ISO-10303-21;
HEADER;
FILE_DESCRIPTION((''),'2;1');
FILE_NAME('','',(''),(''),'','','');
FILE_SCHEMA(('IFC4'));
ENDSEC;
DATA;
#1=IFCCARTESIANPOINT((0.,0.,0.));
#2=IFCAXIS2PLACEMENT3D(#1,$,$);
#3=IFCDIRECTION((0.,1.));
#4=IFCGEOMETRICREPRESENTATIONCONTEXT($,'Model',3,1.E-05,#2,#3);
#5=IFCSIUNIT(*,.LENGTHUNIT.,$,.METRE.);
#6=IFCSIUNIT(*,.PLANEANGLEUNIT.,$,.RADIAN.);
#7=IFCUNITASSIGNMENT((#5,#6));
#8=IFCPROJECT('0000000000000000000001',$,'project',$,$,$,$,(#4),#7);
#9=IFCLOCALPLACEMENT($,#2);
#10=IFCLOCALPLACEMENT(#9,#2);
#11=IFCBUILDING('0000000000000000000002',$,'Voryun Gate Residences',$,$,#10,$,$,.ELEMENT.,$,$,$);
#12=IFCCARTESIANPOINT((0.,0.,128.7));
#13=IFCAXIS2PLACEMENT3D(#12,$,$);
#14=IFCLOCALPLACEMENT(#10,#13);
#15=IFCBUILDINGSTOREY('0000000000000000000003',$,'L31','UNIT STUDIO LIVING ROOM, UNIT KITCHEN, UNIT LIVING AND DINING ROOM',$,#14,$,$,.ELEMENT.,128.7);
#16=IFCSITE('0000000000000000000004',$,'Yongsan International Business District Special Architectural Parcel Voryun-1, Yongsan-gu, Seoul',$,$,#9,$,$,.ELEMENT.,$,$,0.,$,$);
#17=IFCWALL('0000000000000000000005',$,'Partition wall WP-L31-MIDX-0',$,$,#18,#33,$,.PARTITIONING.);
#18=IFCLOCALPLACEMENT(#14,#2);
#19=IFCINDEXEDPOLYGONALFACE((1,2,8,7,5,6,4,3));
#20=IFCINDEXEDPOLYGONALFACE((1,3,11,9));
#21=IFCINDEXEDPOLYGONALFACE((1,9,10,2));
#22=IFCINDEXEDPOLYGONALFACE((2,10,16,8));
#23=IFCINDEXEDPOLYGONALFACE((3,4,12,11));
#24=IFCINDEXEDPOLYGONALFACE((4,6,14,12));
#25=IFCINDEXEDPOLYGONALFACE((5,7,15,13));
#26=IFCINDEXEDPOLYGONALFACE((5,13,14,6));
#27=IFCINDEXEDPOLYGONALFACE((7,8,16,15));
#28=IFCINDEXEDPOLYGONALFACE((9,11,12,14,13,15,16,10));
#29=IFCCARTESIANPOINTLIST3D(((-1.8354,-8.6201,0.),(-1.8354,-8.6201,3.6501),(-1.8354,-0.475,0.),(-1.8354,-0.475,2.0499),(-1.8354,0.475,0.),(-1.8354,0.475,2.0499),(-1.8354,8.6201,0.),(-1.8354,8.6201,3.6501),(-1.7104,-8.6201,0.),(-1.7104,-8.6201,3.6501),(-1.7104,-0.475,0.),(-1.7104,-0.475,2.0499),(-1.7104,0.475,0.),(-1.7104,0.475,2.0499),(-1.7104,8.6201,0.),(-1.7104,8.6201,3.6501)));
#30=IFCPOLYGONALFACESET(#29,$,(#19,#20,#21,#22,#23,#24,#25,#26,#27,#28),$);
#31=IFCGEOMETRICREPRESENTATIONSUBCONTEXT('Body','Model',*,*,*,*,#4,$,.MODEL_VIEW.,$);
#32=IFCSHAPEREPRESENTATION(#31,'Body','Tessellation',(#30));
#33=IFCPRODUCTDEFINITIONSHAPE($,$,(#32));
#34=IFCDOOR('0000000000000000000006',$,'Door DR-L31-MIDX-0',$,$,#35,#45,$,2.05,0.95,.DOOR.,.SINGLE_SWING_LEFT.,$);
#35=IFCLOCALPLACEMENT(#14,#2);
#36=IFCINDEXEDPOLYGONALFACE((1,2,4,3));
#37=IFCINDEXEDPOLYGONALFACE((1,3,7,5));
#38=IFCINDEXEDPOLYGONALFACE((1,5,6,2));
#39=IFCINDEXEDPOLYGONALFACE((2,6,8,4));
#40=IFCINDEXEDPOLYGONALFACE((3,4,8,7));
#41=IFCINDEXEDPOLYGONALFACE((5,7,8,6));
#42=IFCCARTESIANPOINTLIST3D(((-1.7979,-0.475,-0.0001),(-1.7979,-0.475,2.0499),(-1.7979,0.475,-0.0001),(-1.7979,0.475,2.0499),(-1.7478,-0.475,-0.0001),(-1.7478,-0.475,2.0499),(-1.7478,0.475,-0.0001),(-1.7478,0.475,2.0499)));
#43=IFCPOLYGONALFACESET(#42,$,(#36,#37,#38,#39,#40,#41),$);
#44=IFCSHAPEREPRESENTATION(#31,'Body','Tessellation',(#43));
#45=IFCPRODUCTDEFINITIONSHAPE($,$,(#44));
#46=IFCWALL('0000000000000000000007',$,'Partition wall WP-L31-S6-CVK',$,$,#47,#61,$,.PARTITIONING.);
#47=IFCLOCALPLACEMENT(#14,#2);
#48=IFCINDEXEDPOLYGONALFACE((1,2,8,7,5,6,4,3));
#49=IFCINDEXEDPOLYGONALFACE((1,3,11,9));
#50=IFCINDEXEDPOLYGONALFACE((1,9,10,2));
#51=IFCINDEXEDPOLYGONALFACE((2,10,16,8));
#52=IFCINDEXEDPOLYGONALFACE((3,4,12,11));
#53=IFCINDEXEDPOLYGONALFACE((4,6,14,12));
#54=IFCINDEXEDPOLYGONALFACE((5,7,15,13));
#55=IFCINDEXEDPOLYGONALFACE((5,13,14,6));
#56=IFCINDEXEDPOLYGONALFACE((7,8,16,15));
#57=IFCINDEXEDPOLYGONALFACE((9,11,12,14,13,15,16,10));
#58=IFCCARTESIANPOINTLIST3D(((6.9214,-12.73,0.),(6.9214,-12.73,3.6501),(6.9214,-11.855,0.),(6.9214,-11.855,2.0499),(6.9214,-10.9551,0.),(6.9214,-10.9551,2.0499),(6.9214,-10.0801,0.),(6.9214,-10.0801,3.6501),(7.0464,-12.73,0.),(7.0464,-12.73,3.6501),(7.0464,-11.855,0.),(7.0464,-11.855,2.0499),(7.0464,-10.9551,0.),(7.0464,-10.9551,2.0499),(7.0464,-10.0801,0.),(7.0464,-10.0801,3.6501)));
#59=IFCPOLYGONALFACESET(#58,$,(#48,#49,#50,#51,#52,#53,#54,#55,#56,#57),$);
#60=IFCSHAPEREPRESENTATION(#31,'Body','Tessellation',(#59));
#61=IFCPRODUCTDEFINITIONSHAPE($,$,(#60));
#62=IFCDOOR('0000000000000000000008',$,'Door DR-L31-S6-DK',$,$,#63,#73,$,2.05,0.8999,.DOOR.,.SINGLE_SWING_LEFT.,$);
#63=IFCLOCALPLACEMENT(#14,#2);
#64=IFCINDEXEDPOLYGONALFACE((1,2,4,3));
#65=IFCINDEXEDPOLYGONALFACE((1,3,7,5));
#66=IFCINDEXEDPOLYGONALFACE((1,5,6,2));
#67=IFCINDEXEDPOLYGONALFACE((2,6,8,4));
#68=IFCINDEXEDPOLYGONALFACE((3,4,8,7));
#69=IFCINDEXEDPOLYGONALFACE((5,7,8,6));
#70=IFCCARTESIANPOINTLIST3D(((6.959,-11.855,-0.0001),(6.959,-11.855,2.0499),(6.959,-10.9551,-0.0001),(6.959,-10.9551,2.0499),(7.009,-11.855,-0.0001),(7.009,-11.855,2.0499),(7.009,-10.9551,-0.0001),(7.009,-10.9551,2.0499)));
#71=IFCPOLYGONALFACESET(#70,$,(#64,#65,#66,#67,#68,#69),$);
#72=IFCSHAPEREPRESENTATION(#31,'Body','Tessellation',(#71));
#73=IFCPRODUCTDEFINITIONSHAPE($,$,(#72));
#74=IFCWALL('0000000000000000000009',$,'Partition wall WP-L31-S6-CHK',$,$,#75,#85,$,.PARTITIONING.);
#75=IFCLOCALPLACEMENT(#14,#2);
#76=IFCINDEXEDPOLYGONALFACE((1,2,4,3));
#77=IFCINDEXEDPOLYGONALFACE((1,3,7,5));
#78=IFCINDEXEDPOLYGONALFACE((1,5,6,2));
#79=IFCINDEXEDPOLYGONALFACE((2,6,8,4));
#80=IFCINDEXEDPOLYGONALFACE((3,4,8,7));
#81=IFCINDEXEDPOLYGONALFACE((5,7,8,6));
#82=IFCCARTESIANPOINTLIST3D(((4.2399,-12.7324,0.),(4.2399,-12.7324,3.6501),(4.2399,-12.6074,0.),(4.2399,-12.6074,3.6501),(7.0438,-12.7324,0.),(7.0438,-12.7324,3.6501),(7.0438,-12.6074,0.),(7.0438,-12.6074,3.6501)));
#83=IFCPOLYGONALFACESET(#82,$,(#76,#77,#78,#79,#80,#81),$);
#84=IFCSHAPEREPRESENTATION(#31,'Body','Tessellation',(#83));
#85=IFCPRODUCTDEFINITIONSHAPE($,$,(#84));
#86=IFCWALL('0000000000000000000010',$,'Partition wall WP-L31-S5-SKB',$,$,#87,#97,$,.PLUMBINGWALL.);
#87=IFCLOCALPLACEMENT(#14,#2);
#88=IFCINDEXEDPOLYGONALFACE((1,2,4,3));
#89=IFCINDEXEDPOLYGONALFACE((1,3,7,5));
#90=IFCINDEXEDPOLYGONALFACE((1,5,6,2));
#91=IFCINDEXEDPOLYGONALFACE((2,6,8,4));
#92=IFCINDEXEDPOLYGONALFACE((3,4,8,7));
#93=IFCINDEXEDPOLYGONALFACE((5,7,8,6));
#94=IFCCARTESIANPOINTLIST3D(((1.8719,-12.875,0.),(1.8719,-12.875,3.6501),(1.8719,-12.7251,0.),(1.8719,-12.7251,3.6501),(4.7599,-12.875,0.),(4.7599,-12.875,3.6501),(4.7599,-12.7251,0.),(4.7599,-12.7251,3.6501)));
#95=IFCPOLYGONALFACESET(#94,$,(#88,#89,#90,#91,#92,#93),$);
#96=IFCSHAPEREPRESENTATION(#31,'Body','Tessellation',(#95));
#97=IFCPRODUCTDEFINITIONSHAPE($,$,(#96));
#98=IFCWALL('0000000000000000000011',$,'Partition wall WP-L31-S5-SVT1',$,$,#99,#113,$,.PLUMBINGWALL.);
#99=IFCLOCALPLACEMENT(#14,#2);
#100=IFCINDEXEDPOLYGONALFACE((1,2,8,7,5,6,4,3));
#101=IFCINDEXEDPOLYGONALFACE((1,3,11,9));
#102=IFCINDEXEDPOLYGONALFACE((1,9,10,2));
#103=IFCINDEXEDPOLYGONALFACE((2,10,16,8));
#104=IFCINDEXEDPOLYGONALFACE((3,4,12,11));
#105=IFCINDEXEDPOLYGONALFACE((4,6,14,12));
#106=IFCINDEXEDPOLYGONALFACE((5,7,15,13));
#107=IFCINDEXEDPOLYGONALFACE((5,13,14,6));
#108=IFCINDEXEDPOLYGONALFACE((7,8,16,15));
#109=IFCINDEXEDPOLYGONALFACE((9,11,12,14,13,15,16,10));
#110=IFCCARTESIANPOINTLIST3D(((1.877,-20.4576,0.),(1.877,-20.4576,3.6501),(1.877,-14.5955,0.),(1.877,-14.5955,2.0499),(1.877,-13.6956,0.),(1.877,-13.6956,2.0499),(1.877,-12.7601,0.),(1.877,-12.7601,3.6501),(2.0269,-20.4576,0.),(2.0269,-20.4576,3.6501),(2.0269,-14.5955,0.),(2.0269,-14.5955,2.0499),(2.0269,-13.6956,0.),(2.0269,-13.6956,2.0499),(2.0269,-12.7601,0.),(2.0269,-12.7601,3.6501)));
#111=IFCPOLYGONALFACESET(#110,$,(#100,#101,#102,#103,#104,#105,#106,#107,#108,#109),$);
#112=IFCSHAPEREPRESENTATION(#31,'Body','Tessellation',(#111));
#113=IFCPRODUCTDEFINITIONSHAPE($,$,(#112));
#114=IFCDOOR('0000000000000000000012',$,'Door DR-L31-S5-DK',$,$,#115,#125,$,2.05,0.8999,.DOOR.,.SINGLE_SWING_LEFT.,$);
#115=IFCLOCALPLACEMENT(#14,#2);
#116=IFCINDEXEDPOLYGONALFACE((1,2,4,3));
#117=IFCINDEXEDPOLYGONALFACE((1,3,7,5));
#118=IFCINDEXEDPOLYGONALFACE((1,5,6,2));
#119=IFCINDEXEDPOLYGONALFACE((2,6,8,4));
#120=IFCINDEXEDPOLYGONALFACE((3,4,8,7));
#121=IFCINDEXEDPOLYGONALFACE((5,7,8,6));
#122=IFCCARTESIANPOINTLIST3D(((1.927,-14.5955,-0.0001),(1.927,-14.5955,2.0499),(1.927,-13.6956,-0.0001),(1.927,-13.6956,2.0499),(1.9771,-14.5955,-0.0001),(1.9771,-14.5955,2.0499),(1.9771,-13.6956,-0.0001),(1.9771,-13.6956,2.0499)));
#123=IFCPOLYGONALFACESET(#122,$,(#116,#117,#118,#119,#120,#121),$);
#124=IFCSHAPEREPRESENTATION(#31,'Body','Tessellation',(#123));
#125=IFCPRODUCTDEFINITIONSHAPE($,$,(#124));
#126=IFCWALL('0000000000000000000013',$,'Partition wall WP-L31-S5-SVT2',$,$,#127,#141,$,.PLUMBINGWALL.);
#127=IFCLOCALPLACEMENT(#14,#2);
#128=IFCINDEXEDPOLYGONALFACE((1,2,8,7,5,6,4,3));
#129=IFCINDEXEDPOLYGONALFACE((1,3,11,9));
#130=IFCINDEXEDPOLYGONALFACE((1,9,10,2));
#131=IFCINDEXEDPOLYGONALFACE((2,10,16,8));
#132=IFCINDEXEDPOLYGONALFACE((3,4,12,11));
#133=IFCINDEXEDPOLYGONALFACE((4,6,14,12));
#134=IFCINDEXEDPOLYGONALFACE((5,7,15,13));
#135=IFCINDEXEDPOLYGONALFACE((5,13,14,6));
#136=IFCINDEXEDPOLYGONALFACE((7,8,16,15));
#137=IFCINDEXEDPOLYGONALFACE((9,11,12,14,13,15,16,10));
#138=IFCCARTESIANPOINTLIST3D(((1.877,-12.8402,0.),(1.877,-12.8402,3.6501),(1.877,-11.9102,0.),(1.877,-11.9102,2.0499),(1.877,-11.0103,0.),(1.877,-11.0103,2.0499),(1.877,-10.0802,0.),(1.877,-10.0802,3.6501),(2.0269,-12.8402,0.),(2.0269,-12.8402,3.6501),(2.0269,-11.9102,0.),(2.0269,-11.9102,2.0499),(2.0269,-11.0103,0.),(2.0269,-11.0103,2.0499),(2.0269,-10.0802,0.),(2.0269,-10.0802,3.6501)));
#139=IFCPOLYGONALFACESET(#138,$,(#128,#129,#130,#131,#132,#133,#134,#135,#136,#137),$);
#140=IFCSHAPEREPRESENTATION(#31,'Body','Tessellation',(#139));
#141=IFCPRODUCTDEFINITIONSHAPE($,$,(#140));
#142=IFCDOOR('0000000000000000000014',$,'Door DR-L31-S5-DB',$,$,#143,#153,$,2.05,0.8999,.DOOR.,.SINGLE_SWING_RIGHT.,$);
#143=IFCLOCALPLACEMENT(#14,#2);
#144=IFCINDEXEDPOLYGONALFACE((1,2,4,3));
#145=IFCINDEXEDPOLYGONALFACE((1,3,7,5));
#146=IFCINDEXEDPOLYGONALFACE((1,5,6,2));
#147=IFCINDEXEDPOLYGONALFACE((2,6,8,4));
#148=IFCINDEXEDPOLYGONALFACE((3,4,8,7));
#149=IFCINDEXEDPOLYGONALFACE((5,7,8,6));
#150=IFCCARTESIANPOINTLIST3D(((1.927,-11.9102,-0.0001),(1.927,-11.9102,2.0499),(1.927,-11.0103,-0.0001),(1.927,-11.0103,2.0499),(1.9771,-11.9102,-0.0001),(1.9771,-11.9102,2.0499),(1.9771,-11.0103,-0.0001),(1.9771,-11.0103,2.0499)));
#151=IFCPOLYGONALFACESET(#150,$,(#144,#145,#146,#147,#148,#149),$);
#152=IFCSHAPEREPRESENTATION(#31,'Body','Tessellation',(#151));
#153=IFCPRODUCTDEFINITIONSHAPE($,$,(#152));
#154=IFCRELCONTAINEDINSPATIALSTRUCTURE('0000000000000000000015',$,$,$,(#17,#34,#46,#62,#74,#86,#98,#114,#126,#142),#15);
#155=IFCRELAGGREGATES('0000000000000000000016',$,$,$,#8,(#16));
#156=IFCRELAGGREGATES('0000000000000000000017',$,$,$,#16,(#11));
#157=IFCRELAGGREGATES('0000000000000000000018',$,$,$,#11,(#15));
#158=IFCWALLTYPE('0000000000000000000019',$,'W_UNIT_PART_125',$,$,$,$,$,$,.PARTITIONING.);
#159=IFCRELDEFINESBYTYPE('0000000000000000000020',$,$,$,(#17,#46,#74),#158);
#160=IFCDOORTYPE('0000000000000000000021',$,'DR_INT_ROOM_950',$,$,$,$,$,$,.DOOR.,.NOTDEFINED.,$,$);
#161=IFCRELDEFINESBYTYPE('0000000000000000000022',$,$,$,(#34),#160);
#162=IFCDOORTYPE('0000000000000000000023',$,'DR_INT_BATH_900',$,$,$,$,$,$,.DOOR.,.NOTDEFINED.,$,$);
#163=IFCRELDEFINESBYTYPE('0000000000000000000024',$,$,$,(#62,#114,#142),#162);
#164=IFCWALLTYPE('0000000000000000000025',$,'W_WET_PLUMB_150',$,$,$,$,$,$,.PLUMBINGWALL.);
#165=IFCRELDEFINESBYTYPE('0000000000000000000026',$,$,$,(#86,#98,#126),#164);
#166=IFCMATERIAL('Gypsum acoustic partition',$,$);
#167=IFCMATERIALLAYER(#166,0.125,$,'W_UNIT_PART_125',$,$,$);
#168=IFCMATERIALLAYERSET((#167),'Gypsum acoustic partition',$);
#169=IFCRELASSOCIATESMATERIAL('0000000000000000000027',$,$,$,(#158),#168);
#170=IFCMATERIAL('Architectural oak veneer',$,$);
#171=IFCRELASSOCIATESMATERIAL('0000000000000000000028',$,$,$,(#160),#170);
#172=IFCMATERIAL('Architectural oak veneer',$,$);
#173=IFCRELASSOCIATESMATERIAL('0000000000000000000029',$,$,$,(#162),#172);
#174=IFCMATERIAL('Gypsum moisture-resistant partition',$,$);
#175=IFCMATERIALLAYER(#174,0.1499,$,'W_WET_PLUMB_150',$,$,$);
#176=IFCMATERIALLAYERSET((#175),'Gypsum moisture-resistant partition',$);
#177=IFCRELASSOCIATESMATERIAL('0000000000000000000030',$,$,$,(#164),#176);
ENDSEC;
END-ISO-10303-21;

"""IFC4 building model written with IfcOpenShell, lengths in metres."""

from ifc_helpers import new_model, si_unit, direction, frame, frame_2d, origin, place, context, subcontext, project, spatial, rectangle, extrude, material, layer, layer_set, type_object, element, fill, save


model = new_model("IFC4")

# Units and contexts
model_context = context("Model", 3, precision=1e-05, world=origin(), true_north=direction((0.0, 1.0)))
body_context = subcontext(model_context, "Body", "Model", "MODEL_VIEW")
ifc_project = project(units=[si_unit("LENGTHUNIT", "METRE"), si_unit("PLANEANGLEUNIT", "RADIAN")], contexts=[model_context])

# Site, building, storey
site_placement = place(None, origin())
site = spatial("IfcSite", under=ifc_project, at=site_placement, Name="Yongsan International Business District Special Architectural Parcel Voryun-1, Yongsan-gu, Seoul", CompositionType="ELEMENT", RefElevation=0.0)
building_placement = place(site_placement, origin())
building = spatial("IfcBuilding", under=site, at=building_placement, Name="Voryun Gate Residences", CompositionType="ELEMENT")
storey_placement = place(building_placement, frame((0.0, 0.0, 128.7)))
storey = spatial("IfcBuildingStorey", under=building, at=storey_placement, Name="L31", Description="UNIT STUDIO LIVING ROOM, UNIT KITCHEN, UNIT LIVING AND DINING ROOM", CompositionType="ELEMENT", Elevation=128.7)

# Walls, openings, doors
ifc_material_1 = material(Name="Gypsum acoustic partition")
ifc_layer_1 = layer(ifc_material_1, 0.125, Name="W_UNIT_PART_125")
ifc_layer_set_1 = layer_set([ifc_layer_1], Name="Gypsum acoustic partition")
wall_type_1 = type_object("IfcWallType", Name="W_UNIT_PART_125", PredefinedType="PARTITIONING", material=ifc_layer_set_1)
wall_1_placement = place(storey_placement, frame((-1.7729, -8.6201, 0.0), z_axis=(0.0, 0.0, 1.0), x_axis=(0.0, 1.0, 0.0)))
wall_1 = element("IfcWall", 1, at=wall_1_placement, inside=storey, type_object=wall_type_1, Name="Partition wall WP-L31-MIDX-0", PredefinedType="PARTITIONING", context=body_context, shape_type="SweptSolid", body=[
    extrude(rectangle(XDim=17.2402, YDim=0.125, at=frame_2d((8.6201, 0.0))), origin(), (0.0, 0.0, 1.0), 3.6501),
])
opening_1_placement = place(wall_1_placement, frame((8.145, 0.0, 0.0)))
opening_1 = element("IfcOpeningElement", 2, at=opening_1_placement, cuts=wall_1, PredefinedType="OPENING", context=body_context, shape_type="SweptSolid", body=[
    extrude(rectangle(XDim=0.95, YDim=2.05, at=frame_2d((0.4751, 1.0249))), frame((0.0, 0.0725, 0.0), z_axis=(0.0, -1.0, 0.0), x_axis=(1.0, 0.0, 0.0)), (0.0, 0.0, 1.0), 0.145),
])
ifc_material_2 = material(Name="Architectural oak veneer")
door_type_1 = type_object("IfcDoorType", Name="DR_INT_ROOM_950", OperationType="NOTDEFINED", PredefinedType="DOOR", material=ifc_material_2)
door_1_placement = place(opening_1_placement, origin())
door_1 = element("IfcDoor", 3, at=door_1_placement, inside=storey, type_object=door_type_1, Name="Door DR-L31-MIDX-0", OperationType="SINGLE_SWING_LEFT", OverallHeight=2.05, OverallWidth=0.95, PredefinedType="DOOR", context=body_context, shape_type="SweptSolid", body=[
    extrude(rectangle(XDim=0.95, YDim=2.05, at=frame_2d((0.4751, 1.0249))), frame((0.0, 0.0249, 0.0), z_axis=(0.0, -1.0, 0.0), x_axis=(1.0, 0.0, 0.0)), (0.0, 0.0, 1.0), 0.05),
])
fill(opening_1, door_1)
wall_2_placement = place(storey_placement, frame((6.9839, -12.73, 0.0), z_axis=(0.0, 0.0, 1.0), x_axis=(0.0, 1.0, 0.0)))
wall_2 = element("IfcWall", 4, at=wall_2_placement, inside=storey, type_object=wall_type_1, Name="Partition wall WP-L31-S6-CVK", PredefinedType="PARTITIONING", context=body_context, shape_type="SweptSolid", body=[
    extrude(rectangle(XDim=2.6499, YDim=0.125, at=frame_2d((1.325, 0.0))), origin(), (0.0, 0.0, 1.0), 3.6501),
])
opening_2_placement = place(wall_2_placement, frame((0.875, 0.0, 0.0)))
opening_2 = element("IfcOpeningElement", 5, at=opening_2_placement, cuts=wall_2, PredefinedType="OPENING", context=body_context, shape_type="SweptSolid", body=[
    extrude(rectangle(XDim=0.8999, YDim=2.05, at=frame_2d((0.45, 1.0249))), frame((0.0, 0.0725, 0.0), z_axis=(0.0, -1.0, 0.0), x_axis=(1.0, 0.0, 0.0)), (0.0, 0.0, 1.0), 0.145),
])
ifc_material_3 = material(Name="Architectural oak veneer")
door_type_2 = type_object("IfcDoorType", Name="DR_INT_BATH_900", OperationType="NOTDEFINED", PredefinedType="DOOR", material=ifc_material_3)
door_2_placement = place(opening_2_placement, origin())
door_2 = element("IfcDoor", 6, at=door_2_placement, inside=storey, type_object=door_type_2, Name="Door DR-L31-S6-DK", OperationType="SINGLE_SWING_LEFT", OverallHeight=2.05, OverallWidth=0.8999, PredefinedType="DOOR", context=body_context, shape_type="SweptSolid", body=[
    extrude(rectangle(XDim=0.8999, YDim=2.05, at=frame_2d((0.45, 1.0249))), frame((0.0, 0.0249, 0.0), z_axis=(0.0, -1.0, 0.0), x_axis=(1.0, 0.0, 0.0)), (0.0, 0.0, 1.0), 0.05),
])
fill(opening_2, door_2)

# Walls
wall_3_placement = place(storey_placement, frame((4.24, -12.6699, 0.0), z_axis=(0.0, 0.0, 1.0), x_axis=(1.0, 0.0, 0.0)))
element("IfcWall", 7, at=wall_3_placement, inside=storey, type_object=wall_type_1, Name="Partition wall WP-L31-S6-CHK", PredefinedType="PARTITIONING", context=body_context, shape_type="SweptSolid", body=[
    extrude(rectangle(XDim=2.804, YDim=0.125, at=frame_2d((1.4019, 0.0))), origin(), (0.0, 0.0, 1.0), 3.6501),
])
ifc_material_4 = material(Name="Gypsum moisture-resistant partition")
ifc_layer_2 = layer(ifc_material_4, 0.1499, Name="W_WET_PLUMB_150")
ifc_layer_set_2 = layer_set([ifc_layer_2], Name="Gypsum moisture-resistant partition")
wall_type_2 = type_object("IfcWallType", Name="W_WET_PLUMB_150", PredefinedType="PLUMBINGWALL", material=ifc_layer_set_2)
wall_4_placement = place(storey_placement, frame((1.8721, -12.8, 0.0), z_axis=(0.0, 0.0, 1.0), x_axis=(1.0, 0.0, 0.0)))
element("IfcWall", 8, at=wall_4_placement, inside=storey, type_object=wall_type_2, Name="Partition wall WP-L31-S5-SKB", PredefinedType="PLUMBINGWALL", context=body_context, shape_type="SweptSolid", body=[
    extrude(rectangle(XDim=2.8879, YDim=0.1499, at=frame_2d((1.4438, 0.0))), origin(), (0.0, 0.0, 1.0), 3.6501),
])

# Walls, openings, doors
wall_5_placement = place(storey_placement, frame((1.9519, -20.4575, 0.0), z_axis=(0.0, 0.0, 1.0), x_axis=(0.0, 1.0, 0.0)))
wall_5 = element("IfcWall", 9, at=wall_5_placement, inside=storey, type_object=wall_type_2, Name="Partition wall WP-L31-S5-SVT1", PredefinedType="PLUMBINGWALL", context=body_context, shape_type="SweptSolid", body=[
    extrude(rectangle(XDim=7.6975, YDim=0.1499, at=frame_2d((3.8486, 0.0))), origin(), (0.0, 0.0, 1.0), 3.6501),
])
opening_3_placement = place(wall_5_placement, frame((5.8621, 0.0, 0.0)))
opening_3 = element("IfcOpeningElement", 10, at=opening_3_placement, cuts=wall_5, PredefinedType="OPENING", context=body_context, shape_type="SweptSolid", body=[
    extrude(rectangle(XDim=0.8999, YDim=2.05, at=frame_2d((0.45, 1.0249))), frame((0.0, 0.085, 0.0), z_axis=(0.0, -1.0, 0.0), x_axis=(1.0, 0.0, 0.0)), (0.0, 0.0, 1.0), 0.1699),
])
door_3_placement = place(opening_3_placement, origin())
door_3 = element("IfcDoor", 11, at=door_3_placement, inside=storey, type_object=door_type_2, Name="Door DR-L31-S5-DK", OperationType="SINGLE_SWING_LEFT", OverallHeight=2.05, OverallWidth=0.8999, PredefinedType="DOOR", context=body_context, shape_type="SweptSolid", body=[
    extrude(rectangle(XDim=0.8999, YDim=2.05, at=frame_2d((0.45, 1.0249))), frame((0.0, 0.0249, 0.0), z_axis=(0.0, -1.0, 0.0), x_axis=(1.0, 0.0, 0.0)), (0.0, 0.0, 1.0), 0.05),
])
fill(opening_3, door_3)
wall_6_placement = place(storey_placement, frame((1.9519, -12.8401, 0.0), z_axis=(0.0, 0.0, 1.0), x_axis=(0.0, 1.0, 0.0)))
wall_6 = element("IfcWall", 12, at=wall_6_placement, inside=storey, type_object=wall_type_2, Name="Partition wall WP-L31-S5-SVT2", PredefinedType="PLUMBINGWALL", context=body_context, shape_type="SweptSolid", body=[
    extrude(rectangle(XDim=2.76, YDim=0.1499, at=frame_2d((1.3799, 0.0))), origin(), (0.0, 0.0, 1.0), 3.6501),
])
opening_4_placement = place(wall_6_placement, frame((0.9299, 0.0, 0.0)))
opening_4 = element("IfcOpeningElement", 13, at=opening_4_placement, cuts=wall_6, PredefinedType="OPENING", context=body_context, shape_type="SweptSolid", body=[
    extrude(rectangle(XDim=0.8999, YDim=2.05, at=frame_2d((0.45, 1.0249))), frame((0.0, 0.085, 0.0), z_axis=(0.0, -1.0, 0.0), x_axis=(1.0, 0.0, 0.0)), (0.0, 0.0, 1.0), 0.1699),
])
door_4_placement = place(opening_4_placement, origin())
door_4 = element("IfcDoor", 14, at=door_4_placement, inside=storey, type_object=door_type_2, Name="Door DR-L31-S5-DB", OperationType="SINGLE_SWING_RIGHT", OverallHeight=2.05, OverallWidth=0.8999, PredefinedType="DOOR", context=body_context, shape_type="SweptSolid", body=[
    extrude(rectangle(XDim=0.8999, YDim=2.05, at=frame_2d((0.45, 1.0249))), frame((0.0, 0.0249, 0.0), z_axis=(0.0, -1.0, 0.0), x_axis=(1.0, 0.0, 0.0)), (0.0, 0.0, 1.0), 0.05),
])
fill(opening_4, door_4)

save(model, "model.ifc")
